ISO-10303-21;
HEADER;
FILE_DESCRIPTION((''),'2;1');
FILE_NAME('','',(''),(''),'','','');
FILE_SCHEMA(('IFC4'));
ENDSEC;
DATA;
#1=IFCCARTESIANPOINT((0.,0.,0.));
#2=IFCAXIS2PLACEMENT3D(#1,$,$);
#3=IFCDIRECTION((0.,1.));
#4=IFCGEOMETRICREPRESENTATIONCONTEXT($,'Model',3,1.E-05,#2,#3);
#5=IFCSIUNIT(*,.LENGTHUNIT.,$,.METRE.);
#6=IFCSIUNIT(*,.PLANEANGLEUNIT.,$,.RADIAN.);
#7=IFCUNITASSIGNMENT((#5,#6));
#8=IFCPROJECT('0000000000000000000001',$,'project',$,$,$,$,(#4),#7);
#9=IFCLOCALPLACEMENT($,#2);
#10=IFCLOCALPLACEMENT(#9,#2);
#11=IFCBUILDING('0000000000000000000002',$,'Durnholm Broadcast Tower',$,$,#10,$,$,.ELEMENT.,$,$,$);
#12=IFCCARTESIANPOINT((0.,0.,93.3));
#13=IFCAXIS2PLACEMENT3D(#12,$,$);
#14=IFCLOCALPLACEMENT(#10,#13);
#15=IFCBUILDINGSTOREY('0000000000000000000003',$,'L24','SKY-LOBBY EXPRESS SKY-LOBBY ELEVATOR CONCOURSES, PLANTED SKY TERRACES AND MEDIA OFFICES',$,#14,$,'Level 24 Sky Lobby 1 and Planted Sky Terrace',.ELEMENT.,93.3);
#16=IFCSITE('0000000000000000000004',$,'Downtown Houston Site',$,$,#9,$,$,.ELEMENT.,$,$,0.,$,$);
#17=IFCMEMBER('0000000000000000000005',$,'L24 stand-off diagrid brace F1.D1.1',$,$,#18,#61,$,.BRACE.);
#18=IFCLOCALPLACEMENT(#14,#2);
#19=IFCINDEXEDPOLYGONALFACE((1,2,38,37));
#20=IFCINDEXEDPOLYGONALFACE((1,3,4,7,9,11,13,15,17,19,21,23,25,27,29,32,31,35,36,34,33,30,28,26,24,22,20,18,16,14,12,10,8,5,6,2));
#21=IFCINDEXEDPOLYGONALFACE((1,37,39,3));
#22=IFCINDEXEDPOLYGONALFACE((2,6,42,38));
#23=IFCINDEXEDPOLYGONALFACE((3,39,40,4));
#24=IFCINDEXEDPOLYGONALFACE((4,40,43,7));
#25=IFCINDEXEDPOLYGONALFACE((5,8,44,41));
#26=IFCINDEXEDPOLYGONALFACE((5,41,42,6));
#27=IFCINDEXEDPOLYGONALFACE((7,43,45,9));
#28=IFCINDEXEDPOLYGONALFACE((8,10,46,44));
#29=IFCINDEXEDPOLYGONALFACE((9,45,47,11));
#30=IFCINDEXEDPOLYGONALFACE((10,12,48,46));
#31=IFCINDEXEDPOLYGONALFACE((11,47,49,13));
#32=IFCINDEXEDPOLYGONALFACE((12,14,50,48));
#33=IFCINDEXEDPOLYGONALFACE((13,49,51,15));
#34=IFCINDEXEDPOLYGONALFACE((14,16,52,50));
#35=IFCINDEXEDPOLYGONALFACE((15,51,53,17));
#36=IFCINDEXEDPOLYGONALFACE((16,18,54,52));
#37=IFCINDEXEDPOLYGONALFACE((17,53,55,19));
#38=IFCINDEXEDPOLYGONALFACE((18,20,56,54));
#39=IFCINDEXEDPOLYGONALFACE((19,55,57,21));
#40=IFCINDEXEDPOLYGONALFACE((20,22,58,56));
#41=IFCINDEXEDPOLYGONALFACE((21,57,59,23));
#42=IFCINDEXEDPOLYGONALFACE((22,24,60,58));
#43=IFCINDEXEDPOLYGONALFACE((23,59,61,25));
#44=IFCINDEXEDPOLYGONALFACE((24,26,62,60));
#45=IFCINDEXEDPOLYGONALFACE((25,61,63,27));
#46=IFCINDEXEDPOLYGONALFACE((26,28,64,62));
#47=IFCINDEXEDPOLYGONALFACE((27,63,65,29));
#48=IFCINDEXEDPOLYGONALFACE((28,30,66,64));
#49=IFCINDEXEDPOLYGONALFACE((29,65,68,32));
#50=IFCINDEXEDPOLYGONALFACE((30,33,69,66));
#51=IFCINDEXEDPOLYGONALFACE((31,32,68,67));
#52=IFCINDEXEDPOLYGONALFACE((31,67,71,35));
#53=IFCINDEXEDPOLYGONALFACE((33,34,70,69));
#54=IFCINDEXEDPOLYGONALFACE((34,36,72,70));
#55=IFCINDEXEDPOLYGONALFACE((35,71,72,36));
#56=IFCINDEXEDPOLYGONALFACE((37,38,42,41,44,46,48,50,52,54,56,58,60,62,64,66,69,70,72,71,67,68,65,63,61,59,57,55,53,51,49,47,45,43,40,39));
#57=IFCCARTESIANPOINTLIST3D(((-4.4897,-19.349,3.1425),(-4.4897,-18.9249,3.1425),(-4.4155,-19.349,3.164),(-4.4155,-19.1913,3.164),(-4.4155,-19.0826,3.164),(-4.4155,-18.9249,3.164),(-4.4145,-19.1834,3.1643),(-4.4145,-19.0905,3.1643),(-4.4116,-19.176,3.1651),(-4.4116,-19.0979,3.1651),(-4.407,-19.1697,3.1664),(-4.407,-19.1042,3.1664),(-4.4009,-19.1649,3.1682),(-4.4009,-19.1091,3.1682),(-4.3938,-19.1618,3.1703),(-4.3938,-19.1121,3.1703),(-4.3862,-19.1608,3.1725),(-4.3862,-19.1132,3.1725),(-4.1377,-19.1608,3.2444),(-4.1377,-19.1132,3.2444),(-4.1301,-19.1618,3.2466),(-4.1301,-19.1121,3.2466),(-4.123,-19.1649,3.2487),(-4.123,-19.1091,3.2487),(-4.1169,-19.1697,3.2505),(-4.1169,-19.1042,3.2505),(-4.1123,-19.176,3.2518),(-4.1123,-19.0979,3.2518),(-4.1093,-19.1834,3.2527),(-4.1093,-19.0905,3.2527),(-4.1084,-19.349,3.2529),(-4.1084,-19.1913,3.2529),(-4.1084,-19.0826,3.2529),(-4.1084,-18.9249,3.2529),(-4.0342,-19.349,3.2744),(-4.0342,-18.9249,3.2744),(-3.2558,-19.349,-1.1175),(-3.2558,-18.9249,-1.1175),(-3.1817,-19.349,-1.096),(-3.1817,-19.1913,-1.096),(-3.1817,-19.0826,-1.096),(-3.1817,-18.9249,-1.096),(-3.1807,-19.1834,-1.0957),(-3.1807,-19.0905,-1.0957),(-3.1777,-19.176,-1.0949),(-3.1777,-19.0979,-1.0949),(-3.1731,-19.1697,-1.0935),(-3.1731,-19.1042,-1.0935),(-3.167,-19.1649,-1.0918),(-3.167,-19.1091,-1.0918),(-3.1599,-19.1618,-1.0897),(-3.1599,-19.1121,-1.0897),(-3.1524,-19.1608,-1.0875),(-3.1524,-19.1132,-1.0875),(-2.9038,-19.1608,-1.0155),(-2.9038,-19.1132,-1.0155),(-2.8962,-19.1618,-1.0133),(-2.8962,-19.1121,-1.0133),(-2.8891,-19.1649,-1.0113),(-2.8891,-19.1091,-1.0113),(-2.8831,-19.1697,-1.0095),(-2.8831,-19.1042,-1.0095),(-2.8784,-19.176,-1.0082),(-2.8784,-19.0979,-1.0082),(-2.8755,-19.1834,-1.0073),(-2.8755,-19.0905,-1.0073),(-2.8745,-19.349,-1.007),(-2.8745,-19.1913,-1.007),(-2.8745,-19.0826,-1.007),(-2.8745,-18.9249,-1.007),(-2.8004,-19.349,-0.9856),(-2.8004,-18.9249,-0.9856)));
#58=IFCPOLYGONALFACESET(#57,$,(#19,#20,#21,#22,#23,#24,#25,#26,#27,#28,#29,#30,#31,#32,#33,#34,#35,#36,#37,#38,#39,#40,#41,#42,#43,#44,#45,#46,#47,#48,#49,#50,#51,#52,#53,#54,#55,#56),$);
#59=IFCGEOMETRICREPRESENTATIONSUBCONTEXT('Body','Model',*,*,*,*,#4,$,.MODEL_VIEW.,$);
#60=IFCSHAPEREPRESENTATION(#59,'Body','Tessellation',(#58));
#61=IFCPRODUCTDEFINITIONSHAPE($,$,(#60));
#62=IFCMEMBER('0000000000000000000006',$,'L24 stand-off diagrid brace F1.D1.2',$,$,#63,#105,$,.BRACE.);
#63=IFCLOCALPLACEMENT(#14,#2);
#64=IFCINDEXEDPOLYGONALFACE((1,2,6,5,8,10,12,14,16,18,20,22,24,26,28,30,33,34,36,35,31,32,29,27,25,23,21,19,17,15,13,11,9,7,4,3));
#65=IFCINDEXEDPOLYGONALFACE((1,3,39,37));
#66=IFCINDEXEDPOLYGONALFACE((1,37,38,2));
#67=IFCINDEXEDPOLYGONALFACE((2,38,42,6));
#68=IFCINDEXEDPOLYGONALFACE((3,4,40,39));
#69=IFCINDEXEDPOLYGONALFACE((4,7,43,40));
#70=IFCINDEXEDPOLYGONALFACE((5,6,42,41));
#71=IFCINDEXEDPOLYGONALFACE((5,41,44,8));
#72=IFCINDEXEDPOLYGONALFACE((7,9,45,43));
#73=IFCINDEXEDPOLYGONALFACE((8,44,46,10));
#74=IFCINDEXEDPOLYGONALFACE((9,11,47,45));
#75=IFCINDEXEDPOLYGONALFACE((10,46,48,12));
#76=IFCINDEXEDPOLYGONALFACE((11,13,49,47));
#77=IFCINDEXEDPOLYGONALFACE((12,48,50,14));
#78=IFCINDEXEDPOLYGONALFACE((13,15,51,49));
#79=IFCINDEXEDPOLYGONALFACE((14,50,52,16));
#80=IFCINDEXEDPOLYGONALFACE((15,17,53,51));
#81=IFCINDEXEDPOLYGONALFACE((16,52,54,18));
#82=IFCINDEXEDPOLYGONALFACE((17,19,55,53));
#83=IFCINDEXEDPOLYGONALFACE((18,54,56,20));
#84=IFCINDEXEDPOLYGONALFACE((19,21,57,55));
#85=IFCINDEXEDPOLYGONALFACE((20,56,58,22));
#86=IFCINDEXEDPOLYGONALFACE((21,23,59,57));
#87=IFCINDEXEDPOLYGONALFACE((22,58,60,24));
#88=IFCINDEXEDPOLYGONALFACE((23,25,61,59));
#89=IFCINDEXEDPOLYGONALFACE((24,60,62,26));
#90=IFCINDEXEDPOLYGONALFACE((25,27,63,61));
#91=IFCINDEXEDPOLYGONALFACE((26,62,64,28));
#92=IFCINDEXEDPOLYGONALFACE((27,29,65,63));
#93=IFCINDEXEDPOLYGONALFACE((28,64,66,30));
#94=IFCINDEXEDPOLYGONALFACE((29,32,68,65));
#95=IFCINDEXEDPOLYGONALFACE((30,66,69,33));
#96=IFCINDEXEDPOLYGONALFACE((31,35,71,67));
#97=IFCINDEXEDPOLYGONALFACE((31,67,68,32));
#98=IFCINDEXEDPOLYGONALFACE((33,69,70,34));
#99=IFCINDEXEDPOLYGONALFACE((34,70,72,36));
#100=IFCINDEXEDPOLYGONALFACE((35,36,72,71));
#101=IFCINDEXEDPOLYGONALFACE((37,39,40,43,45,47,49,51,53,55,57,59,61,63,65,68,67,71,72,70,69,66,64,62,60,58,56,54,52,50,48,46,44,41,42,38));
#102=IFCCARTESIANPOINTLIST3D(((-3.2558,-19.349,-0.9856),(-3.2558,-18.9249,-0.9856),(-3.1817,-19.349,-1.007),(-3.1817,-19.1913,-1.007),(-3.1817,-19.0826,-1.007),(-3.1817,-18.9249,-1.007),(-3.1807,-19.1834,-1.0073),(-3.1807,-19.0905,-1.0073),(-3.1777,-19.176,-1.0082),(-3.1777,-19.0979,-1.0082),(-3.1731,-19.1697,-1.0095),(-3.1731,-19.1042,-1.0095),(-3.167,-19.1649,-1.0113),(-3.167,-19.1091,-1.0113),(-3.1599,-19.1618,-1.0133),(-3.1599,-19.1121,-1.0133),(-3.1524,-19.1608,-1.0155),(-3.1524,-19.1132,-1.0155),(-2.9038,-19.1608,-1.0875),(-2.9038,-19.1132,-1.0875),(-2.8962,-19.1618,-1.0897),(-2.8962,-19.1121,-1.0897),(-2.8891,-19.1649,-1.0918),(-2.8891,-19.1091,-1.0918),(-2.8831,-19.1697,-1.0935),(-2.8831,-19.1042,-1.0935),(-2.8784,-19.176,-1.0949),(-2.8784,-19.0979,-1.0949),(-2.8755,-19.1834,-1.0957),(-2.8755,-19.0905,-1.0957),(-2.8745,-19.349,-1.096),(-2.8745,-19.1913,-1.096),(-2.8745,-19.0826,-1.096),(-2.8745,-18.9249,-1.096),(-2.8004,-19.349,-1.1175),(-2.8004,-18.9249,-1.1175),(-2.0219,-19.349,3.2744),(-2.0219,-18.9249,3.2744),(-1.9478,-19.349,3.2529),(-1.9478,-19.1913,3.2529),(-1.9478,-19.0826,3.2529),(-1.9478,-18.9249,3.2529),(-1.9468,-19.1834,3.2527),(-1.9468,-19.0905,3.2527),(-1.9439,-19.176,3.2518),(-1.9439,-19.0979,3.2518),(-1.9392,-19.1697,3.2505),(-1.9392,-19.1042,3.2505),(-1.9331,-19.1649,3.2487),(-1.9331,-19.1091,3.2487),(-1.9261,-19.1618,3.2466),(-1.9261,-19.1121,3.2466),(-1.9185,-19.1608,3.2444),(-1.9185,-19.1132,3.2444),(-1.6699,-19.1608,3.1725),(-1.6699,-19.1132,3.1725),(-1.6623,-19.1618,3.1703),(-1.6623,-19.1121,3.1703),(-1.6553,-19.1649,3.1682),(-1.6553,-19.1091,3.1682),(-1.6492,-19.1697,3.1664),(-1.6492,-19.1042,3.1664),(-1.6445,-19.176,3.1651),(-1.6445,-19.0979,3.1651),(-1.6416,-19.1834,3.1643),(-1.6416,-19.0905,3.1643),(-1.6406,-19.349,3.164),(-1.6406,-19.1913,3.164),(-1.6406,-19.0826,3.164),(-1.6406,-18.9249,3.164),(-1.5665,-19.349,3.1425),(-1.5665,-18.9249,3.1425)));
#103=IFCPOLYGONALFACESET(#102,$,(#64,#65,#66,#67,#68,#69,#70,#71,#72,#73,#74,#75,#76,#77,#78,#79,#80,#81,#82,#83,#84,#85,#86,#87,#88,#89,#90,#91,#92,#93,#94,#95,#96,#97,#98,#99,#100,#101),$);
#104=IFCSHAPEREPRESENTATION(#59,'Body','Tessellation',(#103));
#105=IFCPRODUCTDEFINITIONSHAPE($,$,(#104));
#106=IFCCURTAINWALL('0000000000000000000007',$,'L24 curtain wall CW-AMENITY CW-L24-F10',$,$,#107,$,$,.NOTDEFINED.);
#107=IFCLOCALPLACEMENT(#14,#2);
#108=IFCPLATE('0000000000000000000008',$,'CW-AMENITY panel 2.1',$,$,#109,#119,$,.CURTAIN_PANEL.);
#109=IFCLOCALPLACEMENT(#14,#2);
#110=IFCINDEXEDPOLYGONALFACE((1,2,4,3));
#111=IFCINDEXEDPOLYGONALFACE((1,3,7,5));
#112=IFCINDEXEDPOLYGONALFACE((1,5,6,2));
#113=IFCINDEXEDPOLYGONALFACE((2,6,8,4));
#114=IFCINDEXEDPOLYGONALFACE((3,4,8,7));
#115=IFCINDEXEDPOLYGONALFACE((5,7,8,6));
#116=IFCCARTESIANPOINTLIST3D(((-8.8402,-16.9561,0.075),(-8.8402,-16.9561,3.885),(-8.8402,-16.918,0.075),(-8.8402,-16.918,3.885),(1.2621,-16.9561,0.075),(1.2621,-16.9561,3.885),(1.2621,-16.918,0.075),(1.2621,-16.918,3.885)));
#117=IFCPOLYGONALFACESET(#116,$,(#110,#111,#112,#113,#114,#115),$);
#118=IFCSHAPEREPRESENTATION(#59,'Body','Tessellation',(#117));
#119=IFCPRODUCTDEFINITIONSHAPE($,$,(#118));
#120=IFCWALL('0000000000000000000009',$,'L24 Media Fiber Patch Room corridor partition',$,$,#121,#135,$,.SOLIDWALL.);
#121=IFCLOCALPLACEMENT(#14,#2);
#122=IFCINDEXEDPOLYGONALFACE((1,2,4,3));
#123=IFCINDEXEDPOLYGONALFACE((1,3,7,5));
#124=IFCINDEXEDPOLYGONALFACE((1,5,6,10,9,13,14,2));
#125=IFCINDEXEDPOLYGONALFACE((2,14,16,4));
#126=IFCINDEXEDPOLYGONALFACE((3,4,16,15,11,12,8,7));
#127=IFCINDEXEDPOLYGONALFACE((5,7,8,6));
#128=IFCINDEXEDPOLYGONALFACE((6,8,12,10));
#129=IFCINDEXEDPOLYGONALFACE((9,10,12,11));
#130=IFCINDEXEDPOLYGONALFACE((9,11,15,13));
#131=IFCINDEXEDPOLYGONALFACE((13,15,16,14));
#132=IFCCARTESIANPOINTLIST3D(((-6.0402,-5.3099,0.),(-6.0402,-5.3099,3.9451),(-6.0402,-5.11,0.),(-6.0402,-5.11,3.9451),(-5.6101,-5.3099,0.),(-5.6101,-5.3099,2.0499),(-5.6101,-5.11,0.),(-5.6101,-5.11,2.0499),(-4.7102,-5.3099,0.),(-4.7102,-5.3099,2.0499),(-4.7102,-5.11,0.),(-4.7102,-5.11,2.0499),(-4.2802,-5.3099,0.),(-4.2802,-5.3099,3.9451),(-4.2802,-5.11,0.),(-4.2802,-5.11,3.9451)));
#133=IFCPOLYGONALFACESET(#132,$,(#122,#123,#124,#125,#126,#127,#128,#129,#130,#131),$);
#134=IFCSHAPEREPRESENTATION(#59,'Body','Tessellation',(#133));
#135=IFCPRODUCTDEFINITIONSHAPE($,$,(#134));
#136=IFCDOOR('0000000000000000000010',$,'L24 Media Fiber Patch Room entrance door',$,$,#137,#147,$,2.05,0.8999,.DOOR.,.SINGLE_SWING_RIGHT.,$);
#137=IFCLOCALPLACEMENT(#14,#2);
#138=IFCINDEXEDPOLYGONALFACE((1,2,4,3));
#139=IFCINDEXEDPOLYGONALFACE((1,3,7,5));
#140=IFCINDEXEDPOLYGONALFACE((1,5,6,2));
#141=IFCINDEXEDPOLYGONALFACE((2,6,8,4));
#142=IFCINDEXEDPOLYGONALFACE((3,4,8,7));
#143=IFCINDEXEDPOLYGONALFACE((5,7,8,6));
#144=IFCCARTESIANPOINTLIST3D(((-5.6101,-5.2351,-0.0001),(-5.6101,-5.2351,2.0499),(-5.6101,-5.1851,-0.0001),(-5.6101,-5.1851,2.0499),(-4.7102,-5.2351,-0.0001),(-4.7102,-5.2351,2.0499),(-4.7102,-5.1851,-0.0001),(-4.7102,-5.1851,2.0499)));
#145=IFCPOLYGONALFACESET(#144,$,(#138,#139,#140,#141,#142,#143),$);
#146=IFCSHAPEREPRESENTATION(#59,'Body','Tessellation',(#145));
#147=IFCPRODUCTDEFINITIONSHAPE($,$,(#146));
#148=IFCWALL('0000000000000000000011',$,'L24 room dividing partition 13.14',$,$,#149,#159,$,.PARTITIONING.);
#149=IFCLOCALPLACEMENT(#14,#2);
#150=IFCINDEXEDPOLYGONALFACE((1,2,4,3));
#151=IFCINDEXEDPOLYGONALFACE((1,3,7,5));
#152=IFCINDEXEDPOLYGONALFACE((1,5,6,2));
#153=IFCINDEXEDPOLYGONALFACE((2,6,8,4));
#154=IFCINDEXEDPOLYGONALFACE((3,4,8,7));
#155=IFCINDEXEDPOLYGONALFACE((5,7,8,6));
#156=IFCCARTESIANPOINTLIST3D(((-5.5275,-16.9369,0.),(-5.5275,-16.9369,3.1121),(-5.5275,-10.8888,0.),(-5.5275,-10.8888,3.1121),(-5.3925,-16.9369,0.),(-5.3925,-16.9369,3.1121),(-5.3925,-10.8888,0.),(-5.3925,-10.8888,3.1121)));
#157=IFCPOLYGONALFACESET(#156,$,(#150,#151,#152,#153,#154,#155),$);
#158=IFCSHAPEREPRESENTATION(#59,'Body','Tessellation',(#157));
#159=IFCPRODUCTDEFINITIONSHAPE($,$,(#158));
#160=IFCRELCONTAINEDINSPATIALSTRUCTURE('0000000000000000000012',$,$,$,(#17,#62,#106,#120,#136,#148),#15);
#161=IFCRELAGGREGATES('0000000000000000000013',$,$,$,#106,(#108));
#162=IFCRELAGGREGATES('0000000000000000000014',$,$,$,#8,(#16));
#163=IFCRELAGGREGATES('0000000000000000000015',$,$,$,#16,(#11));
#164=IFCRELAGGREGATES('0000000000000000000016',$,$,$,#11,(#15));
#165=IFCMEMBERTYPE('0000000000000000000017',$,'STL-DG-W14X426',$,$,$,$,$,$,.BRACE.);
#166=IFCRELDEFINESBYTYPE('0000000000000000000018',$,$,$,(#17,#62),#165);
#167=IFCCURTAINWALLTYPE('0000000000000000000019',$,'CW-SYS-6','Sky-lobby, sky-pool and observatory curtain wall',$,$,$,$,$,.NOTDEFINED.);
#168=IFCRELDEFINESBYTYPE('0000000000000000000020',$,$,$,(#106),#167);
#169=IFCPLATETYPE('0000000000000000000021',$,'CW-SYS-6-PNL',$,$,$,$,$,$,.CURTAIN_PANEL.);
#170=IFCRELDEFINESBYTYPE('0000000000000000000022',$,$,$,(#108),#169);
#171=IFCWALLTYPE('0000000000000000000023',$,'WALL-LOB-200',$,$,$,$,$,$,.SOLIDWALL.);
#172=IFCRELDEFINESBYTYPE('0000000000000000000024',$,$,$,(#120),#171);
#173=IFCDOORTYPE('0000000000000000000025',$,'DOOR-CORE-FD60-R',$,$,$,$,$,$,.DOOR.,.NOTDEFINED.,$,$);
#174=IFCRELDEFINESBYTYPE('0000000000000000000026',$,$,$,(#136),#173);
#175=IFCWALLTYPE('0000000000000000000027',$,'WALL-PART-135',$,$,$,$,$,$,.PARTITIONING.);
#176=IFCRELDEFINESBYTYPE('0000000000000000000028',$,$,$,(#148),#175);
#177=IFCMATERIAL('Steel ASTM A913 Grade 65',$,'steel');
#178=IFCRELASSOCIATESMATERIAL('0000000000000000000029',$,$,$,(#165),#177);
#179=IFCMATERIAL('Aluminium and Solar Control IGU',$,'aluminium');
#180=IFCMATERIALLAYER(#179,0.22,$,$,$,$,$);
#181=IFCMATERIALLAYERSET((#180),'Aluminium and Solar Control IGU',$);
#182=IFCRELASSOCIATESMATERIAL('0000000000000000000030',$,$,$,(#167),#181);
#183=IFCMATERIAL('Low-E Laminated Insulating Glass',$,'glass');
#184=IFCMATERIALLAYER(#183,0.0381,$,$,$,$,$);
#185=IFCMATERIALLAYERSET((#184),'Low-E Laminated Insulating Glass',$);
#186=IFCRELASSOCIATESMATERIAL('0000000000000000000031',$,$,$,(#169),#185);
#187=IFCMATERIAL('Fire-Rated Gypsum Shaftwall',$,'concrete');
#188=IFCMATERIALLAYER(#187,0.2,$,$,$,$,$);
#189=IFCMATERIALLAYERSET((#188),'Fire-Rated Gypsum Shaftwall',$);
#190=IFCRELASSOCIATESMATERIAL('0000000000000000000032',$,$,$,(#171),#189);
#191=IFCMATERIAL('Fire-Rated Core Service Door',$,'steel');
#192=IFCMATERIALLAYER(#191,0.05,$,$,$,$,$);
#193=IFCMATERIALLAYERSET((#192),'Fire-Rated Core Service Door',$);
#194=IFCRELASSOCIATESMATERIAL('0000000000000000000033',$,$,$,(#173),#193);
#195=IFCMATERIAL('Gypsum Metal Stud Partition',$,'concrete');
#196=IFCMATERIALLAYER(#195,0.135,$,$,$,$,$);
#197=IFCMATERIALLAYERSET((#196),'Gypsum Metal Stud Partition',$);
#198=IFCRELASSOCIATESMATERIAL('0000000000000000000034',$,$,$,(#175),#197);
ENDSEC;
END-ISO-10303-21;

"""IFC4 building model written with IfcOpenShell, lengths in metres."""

from ifc_helpers import new_model, si_unit, direction, frame, frame_2d, origin, origin_2d, place, context, subcontext, project, spatial, rectangle, i_section, extrude, source, transform, mapped, material, layer, layer_set, material_profile, profile_set, type_object, type_shapes, element, fill, aggregate, save


model = new_model("IFC4")

# Units and contexts
model_context = context("Model", 3, precision=1e-05, world=origin(), true_north=direction((0.0, 1.0)))
body_context = subcontext(model_context, "Body", "Model", "MODEL_VIEW")
ifc_project = project(units=[si_unit("LENGTHUNIT", "METRE"), si_unit("PLANEANGLEUNIT", "RADIAN")], contexts=[model_context])

# Site, building, storey
site_placement = place(None, origin())
site = spatial("IfcSite", under=ifc_project, at=site_placement, Name="Downtown Houston Site", CompositionType="ELEMENT", RefElevation=0.0)
building_placement = place(site_placement, origin())
building = spatial("IfcBuilding", under=site, at=building_placement, Name="Durnholm Broadcast Tower", CompositionType="ELEMENT")
storey_placement = place(building_placement, frame((0.0, 0.0, 93.3)))
storey = spatial("IfcBuildingStorey", under=building, at=storey_placement, Name="L24", Description="SKY-LOBBY EXPRESS SKY-LOBBY ELEVATOR CONCOURSES, PLANTED SKY TERRACES AND MEDIA OFFICES", LongName="Level 24 Sky Lobby 1 and Planted Sky Terrace", CompositionType="ELEMENT", Elevation=93.3)

# Members
ifc_material_1 = material(Name="Steel ASTM A913 Grade 65", Category="steel")
ifc_material_profile_1 = material_profile(ifc_material_1, i_section(OverallWidth=0.4241, OverallDepth=0.4741, WebThickness=0.0476, FlangeThickness=0.0771, FilletRadius=0.0305, at=origin_2d()), Name="W14X426")
ifc_profile_set_1 = profile_set([ifc_material_profile_1], Name="Steel ASTM A913 Grade 65")
member_type = type_object("IfcMemberType", Name="STL-DG-W14X426", PredefinedType="BRACE", material=ifc_profile_set_1)
shared_shape_1 = source(origin(), body_context, "Body", "SweptSolid", [
    extrude(i_section(OverallWidth=0.4241, OverallDepth=0.4741, WebThickness=0.0476, FlangeThickness=0.0771, FilletRadius=0.0305, at=origin_2d()), origin(), (0.0, 0.0, 1.0), 4.4351),
])
type_shapes(member_type, [shared_shape_1])
for number, where, z_axis, x_axis, name in (
    (1, (-3.0281, -19.137, -1.0515), (-0.278209, 0.0, 0.960521), (0.0, -1.0, 0.0), "L24 stand-off diagrid brace F1.D1.1"),
    (2, (-3.0281, -19.137, -1.0515), (0.278209, 0.0, 0.960521), (0.0, 1.0, 0.0), "L24 stand-off diagrid brace F1.D1.2"),
):
    element("IfcMember", number, at=place(storey_placement, frame(where, z_axis=z_axis, x_axis=x_axis)), inside=storey, type_object=member_type, Name=name, PredefinedType="BRACE", context=body_context, shape_type="MappedRepresentation", body=[
        mapped(shared_shape_1, transform((0.0, 0.0, 0.0), x_axis=(1.0, 0.0, 0.0), y_axis=(0.0, 1.0, 0.0), z_axis=(0.0, 0.0, 1.0), scale=1.0)),
    ])

# Curtain wall, plate
ifc_material_2 = material(Name="Aluminium and Solar Control IGU", Category="aluminium")
ifc_layer_1 = layer(ifc_material_2, 0.22)
ifc_layer_set_1 = layer_set([ifc_layer_1], Name="Aluminium and Solar Control IGU")
curtain_wall_type = type_object("IfcCurtainWallType", Name="CW-SYS-6", Description="Sky-lobby, sky-pool and observatory curtain wall", PredefinedType="NOTDEFINED", material=ifc_layer_set_1)
curtain_wall_placement = place(storey_placement, origin())
curtain_wall = element("IfcCurtainWall", 3, at=curtain_wall_placement, inside=storey, type_object=curtain_wall_type, Name="L24 curtain wall CW-AMENITY CW-L24-F10", PredefinedType="NOTDEFINED")
ifc_material_3 = material(Name="Low-E Laminated Insulating Glass", Category="glass")
ifc_layer_2 = layer(ifc_material_3, 0.0381)
ifc_layer_set_2 = layer_set([ifc_layer_2], Name="Low-E Laminated Insulating Glass")
plate_type = type_object("IfcPlateType", Name="CW-SYS-6-PNL", PredefinedType="CURTAIN_PANEL", material=ifc_layer_set_2)
shared_shape_2 = source(origin(), body_context, "Body", "SweptSolid", [
    extrude(rectangle(XDim=10.1023, YDim=0.0381, at=origin_2d()), origin(), (0.0, 0.0, 1.0), 3.8101),
])
type_shapes(plate_type, [shared_shape_2])
plate_placement = place(storey_placement, frame((-3.7891, -16.937, 0.075), z_axis=(0.0, 0.0, 1.0), x_axis=(-1.0, 0.0, 0.0)))
plate = element("IfcPlate", 4, at=plate_placement, type_object=plate_type, Name="CW-AMENITY panel 2.1", PredefinedType="CURTAIN_PANEL", context=body_context, shape_type="MappedRepresentation", body=[
    mapped(shared_shape_2, transform((0.0, 0.0, 0.0), x_axis=(1.0, 0.0, 0.0), y_axis=(0.0, 1.0, 0.0), z_axis=(0.0, 0.0, 1.0), scale=1.0)),
])
aggregate(curtain_wall, [plate])

# Wall, opening, door
ifc_material_4 = material(Name="Fire-Rated Gypsum Shaftwall", Category="concrete")
ifc_layer_3 = layer(ifc_material_4, 0.2)
ifc_layer_set_3 = layer_set([ifc_layer_3], Name="Fire-Rated Gypsum Shaftwall")
wall_type_1 = type_object("IfcWallType", Name="WALL-LOB-200", PredefinedType="SOLIDWALL", material=ifc_layer_set_3)
wall_1_placement = place(storey_placement, frame((-6.04, -5.21, 0.0), z_axis=(0.0, 0.0, 1.0), x_axis=(1.0, 0.0, 0.0)))
wall_1 = element("IfcWall", 5, at=wall_1_placement, inside=storey, type_object=wall_type_1, Name="L24 Media Fiber Patch Room corridor partition", PredefinedType="SOLIDWALL", context=body_context, shape_type="SweptSolid", body=[
    extrude(rectangle(XDim=1.76, YDim=0.2, at=frame_2d((0.8799, 0.0))), origin(), (0.0, 0.0, 1.0), 3.9451),
])
opening_1_placement = place(wall_1_placement, frame((0.4299, 0.0, 0.0)))
opening_1 = element("IfcOpeningElement", 6, at=opening_1_placement, cuts=wall_1, PredefinedType="OPENING", context=body_context, shape_type="SweptSolid", body=[
    extrude(rectangle(XDim=0.8999, YDim=2.05, at=frame_2d((0.45, 1.0249))), frame((0.0, 0.1099, 0.0), z_axis=(0.0, -1.0, 0.0), x_axis=(1.0, 0.0, 0.0)), (0.0, 0.0, 1.0), 0.22),
])
ifc_material_5 = material(Name="Fire-Rated Core Service Door", Category="steel")
ifc_layer_4 = layer(ifc_material_5, 0.05)
ifc_layer_set_4 = layer_set([ifc_layer_4], Name="Fire-Rated Core Service Door")
door_type_1 = type_object("IfcDoorType", Name="DOOR-CORE-FD60-R", OperationType="NOTDEFINED", PredefinedType="DOOR", material=ifc_layer_set_4)
shared_shape_3 = source(origin(), body_context, "Body", "SweptSolid", [
    extrude(rectangle(XDim=0.8999, YDim=2.05, at=frame_2d((0.45, 1.0249))), frame((0.0, 0.0249, 0.0), z_axis=(0.0, -1.0, 0.0), x_axis=(1.0, 0.0, 0.0)), (0.0, 0.0, 1.0), 0.05),
])
type_shapes(door_type_1, [shared_shape_3])
door_1_placement = place(opening_1_placement, origin())
door_1 = element("IfcDoor", 7, at=door_1_placement, inside=storey, type_object=door_type_1, Name="L24 Media Fiber Patch Room entrance door", OperationType="SINGLE_SWING_RIGHT", OverallHeight=2.05, OverallWidth=0.8999, PredefinedType="DOOR", context=body_context, shape_type="MappedRepresentation", body=[
    mapped(shared_shape_3, transform((0.0, 0.0, 0.0), x_axis=(1.0, 0.0, 0.0), y_axis=(0.0, 1.0, 0.0), z_axis=(0.0, 0.0, 1.0), scale=1.0)),
])
fill(opening_1, door_1)

# Wall
ifc_material_6 = material(Name="Gypsum Metal Stud Partition", Category="concrete")
ifc_layer_5 = layer(ifc_material_6, 0.135)
ifc_layer_set_5 = layer_set([ifc_layer_5], Name="Gypsum Metal Stud Partition")
wall_type_2 = type_object("IfcWallType", Name="WALL-PART-135", PredefinedType="PARTITIONING", material=ifc_layer_set_5)
wall_2_placement = place(storey_placement, frame((-5.46, -10.8889, 0.0), z_axis=(0.0, 0.0, 1.0), x_axis=(0.0, -1.0, 0.0)))
element("IfcWall", 8, at=wall_2_placement, inside=storey, type_object=wall_type_2, Name="L24 room dividing partition 13.14", PredefinedType="PARTITIONING", context=body_context, shape_type="SweptSolid", body=[
    extrude(rectangle(XDim=6.0481, YDim=0.135, at=frame_2d((3.0239, 0.0))), origin(), (0.0, 0.0, 1.0), 3.1121),
])

save(model, "model.ifc")
